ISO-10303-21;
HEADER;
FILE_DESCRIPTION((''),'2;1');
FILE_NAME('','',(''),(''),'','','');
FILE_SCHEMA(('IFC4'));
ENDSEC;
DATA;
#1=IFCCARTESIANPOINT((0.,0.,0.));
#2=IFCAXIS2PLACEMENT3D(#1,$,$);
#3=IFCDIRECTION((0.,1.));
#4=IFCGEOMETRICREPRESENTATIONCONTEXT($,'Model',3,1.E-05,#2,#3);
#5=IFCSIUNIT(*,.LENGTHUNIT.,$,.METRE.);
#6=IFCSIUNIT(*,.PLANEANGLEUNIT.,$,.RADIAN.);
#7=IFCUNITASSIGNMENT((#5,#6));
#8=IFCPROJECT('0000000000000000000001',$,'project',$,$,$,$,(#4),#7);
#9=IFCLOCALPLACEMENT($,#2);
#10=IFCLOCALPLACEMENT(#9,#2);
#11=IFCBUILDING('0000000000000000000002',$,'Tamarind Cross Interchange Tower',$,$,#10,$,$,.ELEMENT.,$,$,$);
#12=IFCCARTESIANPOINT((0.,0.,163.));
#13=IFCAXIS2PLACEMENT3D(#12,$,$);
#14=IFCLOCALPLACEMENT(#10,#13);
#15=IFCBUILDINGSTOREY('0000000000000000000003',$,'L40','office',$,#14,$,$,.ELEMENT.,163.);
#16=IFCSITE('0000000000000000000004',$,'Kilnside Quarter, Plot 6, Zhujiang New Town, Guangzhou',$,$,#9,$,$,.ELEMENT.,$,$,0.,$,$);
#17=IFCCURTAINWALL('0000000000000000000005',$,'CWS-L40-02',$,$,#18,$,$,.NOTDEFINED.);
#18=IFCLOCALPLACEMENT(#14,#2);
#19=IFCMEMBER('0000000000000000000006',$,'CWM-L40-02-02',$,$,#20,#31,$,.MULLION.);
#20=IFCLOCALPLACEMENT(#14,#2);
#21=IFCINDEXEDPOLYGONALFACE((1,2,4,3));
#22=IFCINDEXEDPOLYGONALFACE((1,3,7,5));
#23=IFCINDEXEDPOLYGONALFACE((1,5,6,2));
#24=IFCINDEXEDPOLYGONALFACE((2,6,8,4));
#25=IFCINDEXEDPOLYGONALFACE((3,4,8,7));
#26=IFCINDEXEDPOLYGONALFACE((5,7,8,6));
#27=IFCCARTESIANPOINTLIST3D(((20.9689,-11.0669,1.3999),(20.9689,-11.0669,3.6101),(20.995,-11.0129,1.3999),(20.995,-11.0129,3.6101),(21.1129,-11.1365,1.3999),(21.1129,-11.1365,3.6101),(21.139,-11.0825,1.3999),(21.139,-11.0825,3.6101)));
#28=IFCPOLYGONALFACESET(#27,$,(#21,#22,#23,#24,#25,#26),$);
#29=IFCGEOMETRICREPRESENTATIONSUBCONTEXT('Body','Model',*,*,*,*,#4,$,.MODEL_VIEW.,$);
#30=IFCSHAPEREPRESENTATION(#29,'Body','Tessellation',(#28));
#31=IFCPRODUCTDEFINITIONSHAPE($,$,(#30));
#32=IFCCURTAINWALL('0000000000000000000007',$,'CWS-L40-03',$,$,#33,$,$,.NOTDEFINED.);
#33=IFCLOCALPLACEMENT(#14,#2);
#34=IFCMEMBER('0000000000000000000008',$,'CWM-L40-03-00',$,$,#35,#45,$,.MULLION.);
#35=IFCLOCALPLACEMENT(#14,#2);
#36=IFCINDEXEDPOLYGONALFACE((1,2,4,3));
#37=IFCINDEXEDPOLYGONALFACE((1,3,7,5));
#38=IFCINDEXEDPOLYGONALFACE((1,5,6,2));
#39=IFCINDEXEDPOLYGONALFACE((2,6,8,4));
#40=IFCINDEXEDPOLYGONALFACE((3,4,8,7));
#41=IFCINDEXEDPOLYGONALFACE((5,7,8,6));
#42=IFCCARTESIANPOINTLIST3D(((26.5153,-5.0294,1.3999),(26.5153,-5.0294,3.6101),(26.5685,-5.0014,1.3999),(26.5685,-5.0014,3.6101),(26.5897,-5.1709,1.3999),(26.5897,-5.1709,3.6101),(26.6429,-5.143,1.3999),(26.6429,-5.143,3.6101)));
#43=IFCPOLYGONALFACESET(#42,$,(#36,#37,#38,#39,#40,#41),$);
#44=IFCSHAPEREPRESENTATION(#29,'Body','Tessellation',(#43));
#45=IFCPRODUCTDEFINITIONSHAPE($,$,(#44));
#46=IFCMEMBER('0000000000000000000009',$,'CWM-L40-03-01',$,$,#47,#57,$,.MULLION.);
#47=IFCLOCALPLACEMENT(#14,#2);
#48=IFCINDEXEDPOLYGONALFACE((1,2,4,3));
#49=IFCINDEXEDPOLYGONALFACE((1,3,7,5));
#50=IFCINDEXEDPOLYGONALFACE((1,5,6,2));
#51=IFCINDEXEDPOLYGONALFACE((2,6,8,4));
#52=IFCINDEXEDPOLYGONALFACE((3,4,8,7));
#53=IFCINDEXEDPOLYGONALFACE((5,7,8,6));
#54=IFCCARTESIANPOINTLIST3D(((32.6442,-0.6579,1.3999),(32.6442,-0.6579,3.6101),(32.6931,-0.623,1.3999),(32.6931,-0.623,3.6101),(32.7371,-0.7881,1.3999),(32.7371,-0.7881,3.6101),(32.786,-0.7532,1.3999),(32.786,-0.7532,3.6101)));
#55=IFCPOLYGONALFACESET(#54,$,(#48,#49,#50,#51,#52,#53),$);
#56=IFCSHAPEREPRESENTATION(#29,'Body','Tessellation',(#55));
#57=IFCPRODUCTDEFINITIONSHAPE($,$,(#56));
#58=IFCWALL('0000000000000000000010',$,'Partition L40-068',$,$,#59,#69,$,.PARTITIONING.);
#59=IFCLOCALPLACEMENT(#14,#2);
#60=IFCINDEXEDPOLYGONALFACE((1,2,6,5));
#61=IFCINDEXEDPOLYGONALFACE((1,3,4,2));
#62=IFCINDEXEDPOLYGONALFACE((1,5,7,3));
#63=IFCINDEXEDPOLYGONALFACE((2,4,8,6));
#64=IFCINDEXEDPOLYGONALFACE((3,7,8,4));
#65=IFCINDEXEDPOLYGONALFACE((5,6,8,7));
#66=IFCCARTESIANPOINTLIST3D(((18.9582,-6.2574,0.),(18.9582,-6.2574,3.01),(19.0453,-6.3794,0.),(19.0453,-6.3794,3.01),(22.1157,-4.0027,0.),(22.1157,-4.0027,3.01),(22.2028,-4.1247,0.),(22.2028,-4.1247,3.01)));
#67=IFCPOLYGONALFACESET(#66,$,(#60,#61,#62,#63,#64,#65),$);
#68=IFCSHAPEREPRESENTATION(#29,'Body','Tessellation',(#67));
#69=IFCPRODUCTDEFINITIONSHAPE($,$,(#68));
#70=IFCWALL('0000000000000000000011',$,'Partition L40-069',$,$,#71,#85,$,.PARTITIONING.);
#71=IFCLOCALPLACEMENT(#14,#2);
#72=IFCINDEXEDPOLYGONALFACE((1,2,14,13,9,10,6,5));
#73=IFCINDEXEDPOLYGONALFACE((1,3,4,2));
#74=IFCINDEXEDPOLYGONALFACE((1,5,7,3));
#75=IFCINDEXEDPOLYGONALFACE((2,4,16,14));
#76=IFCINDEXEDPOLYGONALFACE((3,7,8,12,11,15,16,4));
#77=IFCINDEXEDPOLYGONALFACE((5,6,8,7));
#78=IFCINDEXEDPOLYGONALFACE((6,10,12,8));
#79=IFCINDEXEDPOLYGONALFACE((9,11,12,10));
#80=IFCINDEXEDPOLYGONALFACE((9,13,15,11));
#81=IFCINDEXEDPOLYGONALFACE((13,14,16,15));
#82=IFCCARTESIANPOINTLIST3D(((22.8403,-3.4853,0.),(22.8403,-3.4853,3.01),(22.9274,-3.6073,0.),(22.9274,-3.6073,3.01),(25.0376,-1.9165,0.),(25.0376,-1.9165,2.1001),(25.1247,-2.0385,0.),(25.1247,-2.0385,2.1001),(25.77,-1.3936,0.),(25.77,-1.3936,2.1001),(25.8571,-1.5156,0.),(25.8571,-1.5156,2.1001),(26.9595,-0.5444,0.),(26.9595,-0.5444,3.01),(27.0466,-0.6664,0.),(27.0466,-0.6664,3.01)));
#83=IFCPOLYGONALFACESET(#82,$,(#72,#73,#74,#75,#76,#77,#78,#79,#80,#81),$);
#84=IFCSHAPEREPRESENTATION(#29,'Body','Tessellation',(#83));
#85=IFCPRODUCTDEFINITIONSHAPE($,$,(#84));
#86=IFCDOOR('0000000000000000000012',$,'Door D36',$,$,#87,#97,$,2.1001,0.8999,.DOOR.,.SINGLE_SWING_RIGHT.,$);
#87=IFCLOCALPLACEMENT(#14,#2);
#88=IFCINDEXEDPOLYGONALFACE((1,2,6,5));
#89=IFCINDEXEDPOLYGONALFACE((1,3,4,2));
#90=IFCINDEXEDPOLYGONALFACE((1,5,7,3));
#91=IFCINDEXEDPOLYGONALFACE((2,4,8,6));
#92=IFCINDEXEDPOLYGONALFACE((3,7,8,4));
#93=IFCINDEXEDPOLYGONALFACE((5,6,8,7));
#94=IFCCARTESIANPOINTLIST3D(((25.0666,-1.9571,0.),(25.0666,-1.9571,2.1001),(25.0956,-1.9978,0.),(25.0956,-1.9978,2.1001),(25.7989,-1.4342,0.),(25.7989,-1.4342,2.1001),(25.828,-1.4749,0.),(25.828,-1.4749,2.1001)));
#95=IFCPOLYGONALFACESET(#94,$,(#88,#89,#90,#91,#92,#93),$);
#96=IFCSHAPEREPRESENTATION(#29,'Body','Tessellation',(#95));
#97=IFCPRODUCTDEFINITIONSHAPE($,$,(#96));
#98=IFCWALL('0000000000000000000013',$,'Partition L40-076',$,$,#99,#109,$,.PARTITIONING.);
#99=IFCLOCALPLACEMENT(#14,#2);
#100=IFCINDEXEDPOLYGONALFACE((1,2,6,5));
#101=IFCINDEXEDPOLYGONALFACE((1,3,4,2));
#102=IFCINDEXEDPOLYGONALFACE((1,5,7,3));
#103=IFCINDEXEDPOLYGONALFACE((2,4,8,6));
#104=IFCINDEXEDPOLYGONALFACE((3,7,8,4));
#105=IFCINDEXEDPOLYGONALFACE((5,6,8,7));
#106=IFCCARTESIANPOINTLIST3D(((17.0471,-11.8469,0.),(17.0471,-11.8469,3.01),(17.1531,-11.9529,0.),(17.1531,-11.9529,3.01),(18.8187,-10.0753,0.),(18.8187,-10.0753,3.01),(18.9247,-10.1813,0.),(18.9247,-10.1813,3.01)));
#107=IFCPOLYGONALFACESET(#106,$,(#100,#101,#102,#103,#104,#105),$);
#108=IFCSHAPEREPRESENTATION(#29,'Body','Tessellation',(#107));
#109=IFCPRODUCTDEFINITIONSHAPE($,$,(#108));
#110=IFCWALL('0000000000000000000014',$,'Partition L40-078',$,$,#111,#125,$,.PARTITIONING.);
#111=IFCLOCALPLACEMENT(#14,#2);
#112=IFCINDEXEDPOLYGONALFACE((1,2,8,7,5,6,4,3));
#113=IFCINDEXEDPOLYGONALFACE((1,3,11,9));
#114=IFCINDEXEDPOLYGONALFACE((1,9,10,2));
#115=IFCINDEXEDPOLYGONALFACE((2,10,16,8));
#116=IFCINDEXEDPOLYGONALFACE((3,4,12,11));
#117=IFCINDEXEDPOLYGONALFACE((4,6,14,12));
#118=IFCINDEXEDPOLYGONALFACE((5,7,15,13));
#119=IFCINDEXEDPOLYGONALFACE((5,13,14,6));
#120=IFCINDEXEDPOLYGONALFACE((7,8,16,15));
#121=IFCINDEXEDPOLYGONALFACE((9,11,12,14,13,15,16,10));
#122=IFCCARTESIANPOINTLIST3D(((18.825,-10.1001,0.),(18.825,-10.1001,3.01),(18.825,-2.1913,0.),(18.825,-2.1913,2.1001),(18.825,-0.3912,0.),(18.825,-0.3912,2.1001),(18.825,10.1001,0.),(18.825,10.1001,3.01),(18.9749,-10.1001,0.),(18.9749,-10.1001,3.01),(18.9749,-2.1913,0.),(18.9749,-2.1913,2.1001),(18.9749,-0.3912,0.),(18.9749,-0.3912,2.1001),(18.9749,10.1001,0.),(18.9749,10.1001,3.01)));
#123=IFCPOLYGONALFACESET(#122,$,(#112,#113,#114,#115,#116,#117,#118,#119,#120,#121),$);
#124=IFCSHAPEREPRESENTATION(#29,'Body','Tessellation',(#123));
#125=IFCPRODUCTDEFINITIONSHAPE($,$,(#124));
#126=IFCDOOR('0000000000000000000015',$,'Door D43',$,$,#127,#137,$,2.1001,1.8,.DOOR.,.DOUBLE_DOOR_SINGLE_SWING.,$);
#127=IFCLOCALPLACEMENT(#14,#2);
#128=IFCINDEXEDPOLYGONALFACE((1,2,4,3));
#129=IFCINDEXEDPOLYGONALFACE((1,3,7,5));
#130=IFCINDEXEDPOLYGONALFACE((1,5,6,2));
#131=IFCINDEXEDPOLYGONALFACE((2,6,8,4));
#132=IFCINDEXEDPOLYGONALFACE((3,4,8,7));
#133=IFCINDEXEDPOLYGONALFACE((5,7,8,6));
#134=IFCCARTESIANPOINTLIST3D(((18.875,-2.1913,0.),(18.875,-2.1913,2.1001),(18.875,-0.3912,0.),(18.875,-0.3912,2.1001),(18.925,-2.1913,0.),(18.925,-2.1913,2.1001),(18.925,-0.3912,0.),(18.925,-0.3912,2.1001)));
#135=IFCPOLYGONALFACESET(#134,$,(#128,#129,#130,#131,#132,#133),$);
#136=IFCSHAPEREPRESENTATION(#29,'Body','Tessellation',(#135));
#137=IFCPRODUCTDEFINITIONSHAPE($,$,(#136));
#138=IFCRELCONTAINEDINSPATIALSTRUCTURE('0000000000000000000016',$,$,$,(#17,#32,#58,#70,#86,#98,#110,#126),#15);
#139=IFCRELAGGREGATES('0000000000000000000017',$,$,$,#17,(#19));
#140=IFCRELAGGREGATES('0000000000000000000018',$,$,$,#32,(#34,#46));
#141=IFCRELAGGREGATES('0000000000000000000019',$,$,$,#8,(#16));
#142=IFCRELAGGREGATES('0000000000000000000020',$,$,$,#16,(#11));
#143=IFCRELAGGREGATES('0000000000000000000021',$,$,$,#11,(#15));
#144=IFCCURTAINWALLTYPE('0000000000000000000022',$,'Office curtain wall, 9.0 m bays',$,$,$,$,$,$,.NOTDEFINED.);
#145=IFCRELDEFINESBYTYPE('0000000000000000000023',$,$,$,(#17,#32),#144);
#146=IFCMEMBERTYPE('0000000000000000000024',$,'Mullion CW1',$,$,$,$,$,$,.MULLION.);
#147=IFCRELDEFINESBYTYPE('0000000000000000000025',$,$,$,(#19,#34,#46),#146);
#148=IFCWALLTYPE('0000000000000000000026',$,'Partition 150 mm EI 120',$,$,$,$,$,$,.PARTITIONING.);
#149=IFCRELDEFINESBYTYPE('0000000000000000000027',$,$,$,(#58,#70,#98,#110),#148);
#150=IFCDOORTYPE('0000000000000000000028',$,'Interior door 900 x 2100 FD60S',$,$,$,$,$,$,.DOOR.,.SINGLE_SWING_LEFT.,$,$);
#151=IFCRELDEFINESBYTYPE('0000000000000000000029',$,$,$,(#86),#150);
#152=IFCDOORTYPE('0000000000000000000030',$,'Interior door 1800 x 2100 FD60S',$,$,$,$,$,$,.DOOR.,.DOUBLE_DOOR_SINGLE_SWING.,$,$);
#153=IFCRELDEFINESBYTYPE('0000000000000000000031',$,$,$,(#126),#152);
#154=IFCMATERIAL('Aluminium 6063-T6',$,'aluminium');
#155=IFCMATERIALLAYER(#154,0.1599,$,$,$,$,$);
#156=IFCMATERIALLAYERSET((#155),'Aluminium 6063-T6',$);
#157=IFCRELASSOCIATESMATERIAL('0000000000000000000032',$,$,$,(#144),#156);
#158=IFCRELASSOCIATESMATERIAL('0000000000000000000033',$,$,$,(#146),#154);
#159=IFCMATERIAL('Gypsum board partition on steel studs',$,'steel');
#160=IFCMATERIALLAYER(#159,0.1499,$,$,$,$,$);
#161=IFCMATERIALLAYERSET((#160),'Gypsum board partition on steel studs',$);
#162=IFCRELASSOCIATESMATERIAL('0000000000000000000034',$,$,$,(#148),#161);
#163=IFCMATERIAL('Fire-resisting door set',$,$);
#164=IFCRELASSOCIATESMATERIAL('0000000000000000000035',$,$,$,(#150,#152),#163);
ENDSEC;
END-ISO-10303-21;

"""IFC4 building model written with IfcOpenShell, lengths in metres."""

from ifc_helpers import new_model, si_unit, direction, frame, frame_2d, origin, origin_2d, place, context, subcontext, project, spatial, rectangle, extrude, material, layer, layer_set, material_profile, profile_set, type_object, element, fill, aggregate, save


model = new_model("IFC4")

# Units and contexts
model_context = context("Model", 3, precision=1e-05, world=origin(), true_north=direction((0.0, 1.0)))
body_context = subcontext(model_context, "Body", "Model", "MODEL_VIEW")
ifc_project = project(units=[si_unit("LENGTHUNIT", "METRE"), si_unit("PLANEANGLEUNIT", "RADIAN")], contexts=[model_context])

# Site, building, storey
site_placement = place(None, origin())
site = spatial("IfcSite", under=ifc_project, at=site_placement, Name="Kilnside Quarter, Plot 6, Zhujiang New Town, Guangzhou", CompositionType="ELEMENT", RefElevation=0.0)
building_placement = place(site_placement, origin())
building = spatial("IfcBuilding", under=site, at=building_placement, Name="Tamarind Cross Interchange Tower", CompositionType="ELEMENT")
storey_placement = place(building_placement, frame((0.0, 0.0, 163.0)))
storey = spatial("IfcBuildingStorey", under=building, at=storey_placement, Name="L40", Description="office", CompositionType="ELEMENT", Elevation=163.0)

# Curtain wall, member
ifc_material_1 = material(Name="Aluminium 6063-T6", Category="aluminium")
ifc_layer_1 = layer(ifc_material_1, 0.1599)
ifc_layer_set_1 = layer_set([ifc_layer_1], Name="Aluminium 6063-T6")
curtain_wall_type = type_object("IfcCurtainWallType", Name="Office curtain wall, 9.0 m bays", PredefinedType="NOTDEFINED", material=ifc_layer_set_1)
curtain_wall_1_placement = place(storey_placement, origin())
curtain_wall_1 = element("IfcCurtainWall", 1, at=curtain_wall_1_placement, inside=storey, type_object=curtain_wall_type, Name="CWS-L40-02", PredefinedType="NOTDEFINED")
ifc_material_profile_1 = material_profile(ifc_material_1, rectangle(XDim=0.0601, YDim=0.1599, at=origin_2d()), Name="Mullion CW1")
ifc_profile_set_1 = profile_set([ifc_material_profile_1], Name="Aluminium 6063-T6")
member_type = type_object("IfcMemberType", Name="Mullion CW1", PredefinedType="MULLION", material=ifc_profile_set_1)
member_1_placement = place(storey_placement, frame((21.054, -11.0747, 1.3999), z_axis=(0.0, 0.0, 1.0), x_axis=(0.435326, 0.900273, 0.0)))
member_1 = element("IfcMember", 2, at=member_1_placement, type_object=member_type, Name="CWM-L40-02-02", PredefinedType="MULLION", context=body_context, shape_type="SweptSolid", body=[
    extrude(rectangle(XDim=0.0601, YDim=0.1599, at=origin_2d()), origin(), (0.0, 0.0, 1.0), 2.2102),
])
aggregate(curtain_wall_1, [member_1])

# Curtain wall, members
curtain_wall_2_placement = place(storey_placement, origin())
curtain_wall_2 = element("IfcCurtainWall", 3, at=curtain_wall_2_placement, inside=storey, type_object=curtain_wall_type, Name="CWS-L40-03", PredefinedType="NOTDEFINED")
member_2_placement = place(storey_placement, frame((26.5791, -5.0862, 1.3999), z_axis=(0.0, 0.0, 1.0), x_axis=(0.885172, 0.465264, 0.0)))
member_2 = element("IfcMember", 4, at=member_2_placement, type_object=member_type, Name="CWM-L40-03-00", PredefinedType="MULLION", context=body_context, shape_type="SweptSolid", body=[
    extrude(rectangle(XDim=0.0601, YDim=0.1599, at=origin_2d()), origin(), (0.0, 0.0, 1.0), 2.2102),
])
member_3_placement = place(storey_placement, frame((32.7151, -0.7056, 1.3999), z_axis=(0.0, 0.0, 1.0), x_axis=(0.81388, 0.581033, 0.0)))
member_3 = element("IfcMember", 5, at=member_3_placement, type_object=member_type, Name="CWM-L40-03-01", PredefinedType="MULLION", context=body_context, shape_type="SweptSolid", body=[
    extrude(rectangle(XDim=0.0601, YDim=0.1599, at=origin_2d()), origin(), (0.0, 0.0, 1.0), 2.2102),
])
aggregate(curtain_wall_2, [member_2, member_3])

# Wall
ifc_material_2 = material(Name="Gypsum board partition on steel studs", Category="steel")
ifc_layer_2 = layer(ifc_material_2, 0.1499)
ifc_layer_set_2 = layer_set([ifc_layer_2], Name="Gypsum board partition on steel studs")
wall_type = type_object("IfcWallType", Name="Partition 150 mm EI 120", PredefinedType="PARTITIONING", material=ifc_layer_set_2)
wall_1_placement = place(storey_placement, frame((19.0017, -6.3184, 0.0), z_axis=(0.0, 0.0, 1.0), x_axis=(0.813818, 0.581119, 0.0)))
element("IfcWall", 6, at=wall_1_placement, inside=storey, type_object=wall_type, Name="Partition L40-068", PredefinedType="PARTITIONING", context=body_context, shape_type="SweptSolid", body=[
    extrude(rectangle(XDim=3.8799, YDim=0.1499, at=frame_2d((1.9399, 0.0))), origin(), (0.0, 0.0, 1.0), 3.01),
])

# Wall, opening, door
wall_2_placement = place(storey_placement, frame((22.8838, -3.5464, 0.0), z_axis=(0.0, 0.0, 1.0), x_axis=(0.813857, 0.581065, 0.0)))
wall_2 = element("IfcWall", 7, at=wall_2_placement, inside=storey, type_object=wall_type, Name="Partition L40-069", PredefinedType="PARTITIONING", context=body_context, shape_type="SweptSolid", body=[
    extrude(rectangle(XDim=5.0613, YDim=0.1499, at=frame_2d((2.5308, 0.0))), origin(), (0.0, 0.0, 1.0), 3.01),
])
opening_1_placement = place(wall_2_placement, frame((2.7, 0.0, 0.0)))
opening_1 = element("IfcOpeningElement", 8, at=opening_1_placement, cuts=wall_2, PredefinedType="OPENING", context=body_context, shape_type="SweptSolid", body=[
    extrude(rectangle(XDim=0.8999, YDim=2.1001, at=frame_2d((0.45, 1.05))), frame((0.0, 0.085, 0.0), z_axis=(0.0, -1.0, 0.0), x_axis=(1.0, 0.0, 0.0)), (0.0, 0.0, 1.0), 0.1699),
])
ifc_material_3 = material(Name="Fire-resisting door set")
door_type_1 = type_object("IfcDoorType", Name="Interior door 900 x 2100 FD60S", OperationType="SINGLE_SWING_LEFT", PredefinedType="DOOR", material=ifc_material_3)
door_1_placement = place(opening_1_placement, frame((0.8999, 0.0, 0.0), z_axis=(0.0, 0.0, 1.0), x_axis=(-1.0, 0.0, 0.0)))
door_1 = element("IfcDoor", 9, at=door_1_placement, inside=storey, type_object=door_type_1, Name="Door D36", OperationType="SINGLE_SWING_RIGHT", OverallHeight=2.1001, OverallWidth=0.8999, PredefinedType="DOOR", context=body_context, shape_type="SweptSolid", body=[
    extrude(rectangle(XDim=0.8999, YDim=2.1001, at=frame_2d((0.45, 1.05))), frame((0.0, 0.0249, 0.0), z_axis=(0.0, -1.0, 0.0), x_axis=(1.0, 0.0, 0.0)), (0.0, 0.0, 1.0), 0.05),
])
fill(opening_1, door_1)

# Wall
wall_3_placement = place(storey_placement, frame((17.1001, -11.8999, 0.0), z_axis=(0.0, 0.0, 1.0), x_axis=(0.707107, 0.707107, 0.0)))
element("IfcWall", 10, at=wall_3_placement, inside=storey, type_object=wall_type, Name="Partition L40-076", PredefinedType="PARTITIONING", context=body_context, shape_type="SweptSolid", body=[
    extrude(rectangle(XDim=2.5054, YDim=0.1499, at=frame_2d((1.2527, 0.0))), origin(), (0.0, 0.0, 1.0), 3.01),
])

# Wall, opening, door
wall_4_placement = place(storey_placement, frame((18.8999, -10.1001, 0.0), z_axis=(0.0, 0.0, 1.0), x_axis=(0.0, 1.0, 0.0)))
wall_4 = element("IfcWall", 11, at=wall_4_placement, inside=storey, type_object=wall_type, Name="Partition L40-078", PredefinedType="PARTITIONING", context=body_context, shape_type="SweptSolid", body=[
    extrude(rectangle(XDim=20.2002, YDim=0.1499, at=frame_2d((10.1001, 0.0))), origin(), (0.0, 0.0, 1.0), 3.01),
])
opening_2_placement = place(wall_4_placement, frame((7.9089, 0.0, 0.0)))
opening_2 = element("IfcOpeningElement", 12, at=opening_2_placement, cuts=wall_4, PredefinedType="OPENING", context=body_context, shape_type="SweptSolid", body=[
    extrude(rectangle(XDim=1.8, YDim=2.1001, at=frame_2d((0.8999, 1.05))), frame((0.0, 0.085, 0.0), z_axis=(0.0, -1.0, 0.0), x_axis=(1.0, 0.0, 0.0)), (0.0, 0.0, 1.0), 0.1699),
])
door_type_2 = type_object("IfcDoorType", Name="Interior door 1800 x 2100 FD60S", OperationType="DOUBLE_DOOR_SINGLE_SWING", PredefinedType="DOOR", material=ifc_material_3)
door_2_placement = place(opening_2_placement, origin())
door_2 = element("IfcDoor", 13, at=door_2_placement, inside=storey, type_object=door_type_2, Name="Door D43", OperationType="DOUBLE_DOOR_SINGLE_SWING", OverallHeight=2.1001, OverallWidth=1.8, PredefinedType="DOOR", context=body_context, shape_type="SweptSolid", body=[
    extrude(rectangle(XDim=1.8, YDim=2.1001, at=frame_2d((0.8999, 1.05))), frame((0.0, 0.0249, 0.0), z_axis=(0.0, -1.0, 0.0), x_axis=(1.0, 0.0, 0.0)), (0.0, 0.0, 1.0), 0.05),
])
fill(opening_2, door_2)

save(model, "model.ifc")
